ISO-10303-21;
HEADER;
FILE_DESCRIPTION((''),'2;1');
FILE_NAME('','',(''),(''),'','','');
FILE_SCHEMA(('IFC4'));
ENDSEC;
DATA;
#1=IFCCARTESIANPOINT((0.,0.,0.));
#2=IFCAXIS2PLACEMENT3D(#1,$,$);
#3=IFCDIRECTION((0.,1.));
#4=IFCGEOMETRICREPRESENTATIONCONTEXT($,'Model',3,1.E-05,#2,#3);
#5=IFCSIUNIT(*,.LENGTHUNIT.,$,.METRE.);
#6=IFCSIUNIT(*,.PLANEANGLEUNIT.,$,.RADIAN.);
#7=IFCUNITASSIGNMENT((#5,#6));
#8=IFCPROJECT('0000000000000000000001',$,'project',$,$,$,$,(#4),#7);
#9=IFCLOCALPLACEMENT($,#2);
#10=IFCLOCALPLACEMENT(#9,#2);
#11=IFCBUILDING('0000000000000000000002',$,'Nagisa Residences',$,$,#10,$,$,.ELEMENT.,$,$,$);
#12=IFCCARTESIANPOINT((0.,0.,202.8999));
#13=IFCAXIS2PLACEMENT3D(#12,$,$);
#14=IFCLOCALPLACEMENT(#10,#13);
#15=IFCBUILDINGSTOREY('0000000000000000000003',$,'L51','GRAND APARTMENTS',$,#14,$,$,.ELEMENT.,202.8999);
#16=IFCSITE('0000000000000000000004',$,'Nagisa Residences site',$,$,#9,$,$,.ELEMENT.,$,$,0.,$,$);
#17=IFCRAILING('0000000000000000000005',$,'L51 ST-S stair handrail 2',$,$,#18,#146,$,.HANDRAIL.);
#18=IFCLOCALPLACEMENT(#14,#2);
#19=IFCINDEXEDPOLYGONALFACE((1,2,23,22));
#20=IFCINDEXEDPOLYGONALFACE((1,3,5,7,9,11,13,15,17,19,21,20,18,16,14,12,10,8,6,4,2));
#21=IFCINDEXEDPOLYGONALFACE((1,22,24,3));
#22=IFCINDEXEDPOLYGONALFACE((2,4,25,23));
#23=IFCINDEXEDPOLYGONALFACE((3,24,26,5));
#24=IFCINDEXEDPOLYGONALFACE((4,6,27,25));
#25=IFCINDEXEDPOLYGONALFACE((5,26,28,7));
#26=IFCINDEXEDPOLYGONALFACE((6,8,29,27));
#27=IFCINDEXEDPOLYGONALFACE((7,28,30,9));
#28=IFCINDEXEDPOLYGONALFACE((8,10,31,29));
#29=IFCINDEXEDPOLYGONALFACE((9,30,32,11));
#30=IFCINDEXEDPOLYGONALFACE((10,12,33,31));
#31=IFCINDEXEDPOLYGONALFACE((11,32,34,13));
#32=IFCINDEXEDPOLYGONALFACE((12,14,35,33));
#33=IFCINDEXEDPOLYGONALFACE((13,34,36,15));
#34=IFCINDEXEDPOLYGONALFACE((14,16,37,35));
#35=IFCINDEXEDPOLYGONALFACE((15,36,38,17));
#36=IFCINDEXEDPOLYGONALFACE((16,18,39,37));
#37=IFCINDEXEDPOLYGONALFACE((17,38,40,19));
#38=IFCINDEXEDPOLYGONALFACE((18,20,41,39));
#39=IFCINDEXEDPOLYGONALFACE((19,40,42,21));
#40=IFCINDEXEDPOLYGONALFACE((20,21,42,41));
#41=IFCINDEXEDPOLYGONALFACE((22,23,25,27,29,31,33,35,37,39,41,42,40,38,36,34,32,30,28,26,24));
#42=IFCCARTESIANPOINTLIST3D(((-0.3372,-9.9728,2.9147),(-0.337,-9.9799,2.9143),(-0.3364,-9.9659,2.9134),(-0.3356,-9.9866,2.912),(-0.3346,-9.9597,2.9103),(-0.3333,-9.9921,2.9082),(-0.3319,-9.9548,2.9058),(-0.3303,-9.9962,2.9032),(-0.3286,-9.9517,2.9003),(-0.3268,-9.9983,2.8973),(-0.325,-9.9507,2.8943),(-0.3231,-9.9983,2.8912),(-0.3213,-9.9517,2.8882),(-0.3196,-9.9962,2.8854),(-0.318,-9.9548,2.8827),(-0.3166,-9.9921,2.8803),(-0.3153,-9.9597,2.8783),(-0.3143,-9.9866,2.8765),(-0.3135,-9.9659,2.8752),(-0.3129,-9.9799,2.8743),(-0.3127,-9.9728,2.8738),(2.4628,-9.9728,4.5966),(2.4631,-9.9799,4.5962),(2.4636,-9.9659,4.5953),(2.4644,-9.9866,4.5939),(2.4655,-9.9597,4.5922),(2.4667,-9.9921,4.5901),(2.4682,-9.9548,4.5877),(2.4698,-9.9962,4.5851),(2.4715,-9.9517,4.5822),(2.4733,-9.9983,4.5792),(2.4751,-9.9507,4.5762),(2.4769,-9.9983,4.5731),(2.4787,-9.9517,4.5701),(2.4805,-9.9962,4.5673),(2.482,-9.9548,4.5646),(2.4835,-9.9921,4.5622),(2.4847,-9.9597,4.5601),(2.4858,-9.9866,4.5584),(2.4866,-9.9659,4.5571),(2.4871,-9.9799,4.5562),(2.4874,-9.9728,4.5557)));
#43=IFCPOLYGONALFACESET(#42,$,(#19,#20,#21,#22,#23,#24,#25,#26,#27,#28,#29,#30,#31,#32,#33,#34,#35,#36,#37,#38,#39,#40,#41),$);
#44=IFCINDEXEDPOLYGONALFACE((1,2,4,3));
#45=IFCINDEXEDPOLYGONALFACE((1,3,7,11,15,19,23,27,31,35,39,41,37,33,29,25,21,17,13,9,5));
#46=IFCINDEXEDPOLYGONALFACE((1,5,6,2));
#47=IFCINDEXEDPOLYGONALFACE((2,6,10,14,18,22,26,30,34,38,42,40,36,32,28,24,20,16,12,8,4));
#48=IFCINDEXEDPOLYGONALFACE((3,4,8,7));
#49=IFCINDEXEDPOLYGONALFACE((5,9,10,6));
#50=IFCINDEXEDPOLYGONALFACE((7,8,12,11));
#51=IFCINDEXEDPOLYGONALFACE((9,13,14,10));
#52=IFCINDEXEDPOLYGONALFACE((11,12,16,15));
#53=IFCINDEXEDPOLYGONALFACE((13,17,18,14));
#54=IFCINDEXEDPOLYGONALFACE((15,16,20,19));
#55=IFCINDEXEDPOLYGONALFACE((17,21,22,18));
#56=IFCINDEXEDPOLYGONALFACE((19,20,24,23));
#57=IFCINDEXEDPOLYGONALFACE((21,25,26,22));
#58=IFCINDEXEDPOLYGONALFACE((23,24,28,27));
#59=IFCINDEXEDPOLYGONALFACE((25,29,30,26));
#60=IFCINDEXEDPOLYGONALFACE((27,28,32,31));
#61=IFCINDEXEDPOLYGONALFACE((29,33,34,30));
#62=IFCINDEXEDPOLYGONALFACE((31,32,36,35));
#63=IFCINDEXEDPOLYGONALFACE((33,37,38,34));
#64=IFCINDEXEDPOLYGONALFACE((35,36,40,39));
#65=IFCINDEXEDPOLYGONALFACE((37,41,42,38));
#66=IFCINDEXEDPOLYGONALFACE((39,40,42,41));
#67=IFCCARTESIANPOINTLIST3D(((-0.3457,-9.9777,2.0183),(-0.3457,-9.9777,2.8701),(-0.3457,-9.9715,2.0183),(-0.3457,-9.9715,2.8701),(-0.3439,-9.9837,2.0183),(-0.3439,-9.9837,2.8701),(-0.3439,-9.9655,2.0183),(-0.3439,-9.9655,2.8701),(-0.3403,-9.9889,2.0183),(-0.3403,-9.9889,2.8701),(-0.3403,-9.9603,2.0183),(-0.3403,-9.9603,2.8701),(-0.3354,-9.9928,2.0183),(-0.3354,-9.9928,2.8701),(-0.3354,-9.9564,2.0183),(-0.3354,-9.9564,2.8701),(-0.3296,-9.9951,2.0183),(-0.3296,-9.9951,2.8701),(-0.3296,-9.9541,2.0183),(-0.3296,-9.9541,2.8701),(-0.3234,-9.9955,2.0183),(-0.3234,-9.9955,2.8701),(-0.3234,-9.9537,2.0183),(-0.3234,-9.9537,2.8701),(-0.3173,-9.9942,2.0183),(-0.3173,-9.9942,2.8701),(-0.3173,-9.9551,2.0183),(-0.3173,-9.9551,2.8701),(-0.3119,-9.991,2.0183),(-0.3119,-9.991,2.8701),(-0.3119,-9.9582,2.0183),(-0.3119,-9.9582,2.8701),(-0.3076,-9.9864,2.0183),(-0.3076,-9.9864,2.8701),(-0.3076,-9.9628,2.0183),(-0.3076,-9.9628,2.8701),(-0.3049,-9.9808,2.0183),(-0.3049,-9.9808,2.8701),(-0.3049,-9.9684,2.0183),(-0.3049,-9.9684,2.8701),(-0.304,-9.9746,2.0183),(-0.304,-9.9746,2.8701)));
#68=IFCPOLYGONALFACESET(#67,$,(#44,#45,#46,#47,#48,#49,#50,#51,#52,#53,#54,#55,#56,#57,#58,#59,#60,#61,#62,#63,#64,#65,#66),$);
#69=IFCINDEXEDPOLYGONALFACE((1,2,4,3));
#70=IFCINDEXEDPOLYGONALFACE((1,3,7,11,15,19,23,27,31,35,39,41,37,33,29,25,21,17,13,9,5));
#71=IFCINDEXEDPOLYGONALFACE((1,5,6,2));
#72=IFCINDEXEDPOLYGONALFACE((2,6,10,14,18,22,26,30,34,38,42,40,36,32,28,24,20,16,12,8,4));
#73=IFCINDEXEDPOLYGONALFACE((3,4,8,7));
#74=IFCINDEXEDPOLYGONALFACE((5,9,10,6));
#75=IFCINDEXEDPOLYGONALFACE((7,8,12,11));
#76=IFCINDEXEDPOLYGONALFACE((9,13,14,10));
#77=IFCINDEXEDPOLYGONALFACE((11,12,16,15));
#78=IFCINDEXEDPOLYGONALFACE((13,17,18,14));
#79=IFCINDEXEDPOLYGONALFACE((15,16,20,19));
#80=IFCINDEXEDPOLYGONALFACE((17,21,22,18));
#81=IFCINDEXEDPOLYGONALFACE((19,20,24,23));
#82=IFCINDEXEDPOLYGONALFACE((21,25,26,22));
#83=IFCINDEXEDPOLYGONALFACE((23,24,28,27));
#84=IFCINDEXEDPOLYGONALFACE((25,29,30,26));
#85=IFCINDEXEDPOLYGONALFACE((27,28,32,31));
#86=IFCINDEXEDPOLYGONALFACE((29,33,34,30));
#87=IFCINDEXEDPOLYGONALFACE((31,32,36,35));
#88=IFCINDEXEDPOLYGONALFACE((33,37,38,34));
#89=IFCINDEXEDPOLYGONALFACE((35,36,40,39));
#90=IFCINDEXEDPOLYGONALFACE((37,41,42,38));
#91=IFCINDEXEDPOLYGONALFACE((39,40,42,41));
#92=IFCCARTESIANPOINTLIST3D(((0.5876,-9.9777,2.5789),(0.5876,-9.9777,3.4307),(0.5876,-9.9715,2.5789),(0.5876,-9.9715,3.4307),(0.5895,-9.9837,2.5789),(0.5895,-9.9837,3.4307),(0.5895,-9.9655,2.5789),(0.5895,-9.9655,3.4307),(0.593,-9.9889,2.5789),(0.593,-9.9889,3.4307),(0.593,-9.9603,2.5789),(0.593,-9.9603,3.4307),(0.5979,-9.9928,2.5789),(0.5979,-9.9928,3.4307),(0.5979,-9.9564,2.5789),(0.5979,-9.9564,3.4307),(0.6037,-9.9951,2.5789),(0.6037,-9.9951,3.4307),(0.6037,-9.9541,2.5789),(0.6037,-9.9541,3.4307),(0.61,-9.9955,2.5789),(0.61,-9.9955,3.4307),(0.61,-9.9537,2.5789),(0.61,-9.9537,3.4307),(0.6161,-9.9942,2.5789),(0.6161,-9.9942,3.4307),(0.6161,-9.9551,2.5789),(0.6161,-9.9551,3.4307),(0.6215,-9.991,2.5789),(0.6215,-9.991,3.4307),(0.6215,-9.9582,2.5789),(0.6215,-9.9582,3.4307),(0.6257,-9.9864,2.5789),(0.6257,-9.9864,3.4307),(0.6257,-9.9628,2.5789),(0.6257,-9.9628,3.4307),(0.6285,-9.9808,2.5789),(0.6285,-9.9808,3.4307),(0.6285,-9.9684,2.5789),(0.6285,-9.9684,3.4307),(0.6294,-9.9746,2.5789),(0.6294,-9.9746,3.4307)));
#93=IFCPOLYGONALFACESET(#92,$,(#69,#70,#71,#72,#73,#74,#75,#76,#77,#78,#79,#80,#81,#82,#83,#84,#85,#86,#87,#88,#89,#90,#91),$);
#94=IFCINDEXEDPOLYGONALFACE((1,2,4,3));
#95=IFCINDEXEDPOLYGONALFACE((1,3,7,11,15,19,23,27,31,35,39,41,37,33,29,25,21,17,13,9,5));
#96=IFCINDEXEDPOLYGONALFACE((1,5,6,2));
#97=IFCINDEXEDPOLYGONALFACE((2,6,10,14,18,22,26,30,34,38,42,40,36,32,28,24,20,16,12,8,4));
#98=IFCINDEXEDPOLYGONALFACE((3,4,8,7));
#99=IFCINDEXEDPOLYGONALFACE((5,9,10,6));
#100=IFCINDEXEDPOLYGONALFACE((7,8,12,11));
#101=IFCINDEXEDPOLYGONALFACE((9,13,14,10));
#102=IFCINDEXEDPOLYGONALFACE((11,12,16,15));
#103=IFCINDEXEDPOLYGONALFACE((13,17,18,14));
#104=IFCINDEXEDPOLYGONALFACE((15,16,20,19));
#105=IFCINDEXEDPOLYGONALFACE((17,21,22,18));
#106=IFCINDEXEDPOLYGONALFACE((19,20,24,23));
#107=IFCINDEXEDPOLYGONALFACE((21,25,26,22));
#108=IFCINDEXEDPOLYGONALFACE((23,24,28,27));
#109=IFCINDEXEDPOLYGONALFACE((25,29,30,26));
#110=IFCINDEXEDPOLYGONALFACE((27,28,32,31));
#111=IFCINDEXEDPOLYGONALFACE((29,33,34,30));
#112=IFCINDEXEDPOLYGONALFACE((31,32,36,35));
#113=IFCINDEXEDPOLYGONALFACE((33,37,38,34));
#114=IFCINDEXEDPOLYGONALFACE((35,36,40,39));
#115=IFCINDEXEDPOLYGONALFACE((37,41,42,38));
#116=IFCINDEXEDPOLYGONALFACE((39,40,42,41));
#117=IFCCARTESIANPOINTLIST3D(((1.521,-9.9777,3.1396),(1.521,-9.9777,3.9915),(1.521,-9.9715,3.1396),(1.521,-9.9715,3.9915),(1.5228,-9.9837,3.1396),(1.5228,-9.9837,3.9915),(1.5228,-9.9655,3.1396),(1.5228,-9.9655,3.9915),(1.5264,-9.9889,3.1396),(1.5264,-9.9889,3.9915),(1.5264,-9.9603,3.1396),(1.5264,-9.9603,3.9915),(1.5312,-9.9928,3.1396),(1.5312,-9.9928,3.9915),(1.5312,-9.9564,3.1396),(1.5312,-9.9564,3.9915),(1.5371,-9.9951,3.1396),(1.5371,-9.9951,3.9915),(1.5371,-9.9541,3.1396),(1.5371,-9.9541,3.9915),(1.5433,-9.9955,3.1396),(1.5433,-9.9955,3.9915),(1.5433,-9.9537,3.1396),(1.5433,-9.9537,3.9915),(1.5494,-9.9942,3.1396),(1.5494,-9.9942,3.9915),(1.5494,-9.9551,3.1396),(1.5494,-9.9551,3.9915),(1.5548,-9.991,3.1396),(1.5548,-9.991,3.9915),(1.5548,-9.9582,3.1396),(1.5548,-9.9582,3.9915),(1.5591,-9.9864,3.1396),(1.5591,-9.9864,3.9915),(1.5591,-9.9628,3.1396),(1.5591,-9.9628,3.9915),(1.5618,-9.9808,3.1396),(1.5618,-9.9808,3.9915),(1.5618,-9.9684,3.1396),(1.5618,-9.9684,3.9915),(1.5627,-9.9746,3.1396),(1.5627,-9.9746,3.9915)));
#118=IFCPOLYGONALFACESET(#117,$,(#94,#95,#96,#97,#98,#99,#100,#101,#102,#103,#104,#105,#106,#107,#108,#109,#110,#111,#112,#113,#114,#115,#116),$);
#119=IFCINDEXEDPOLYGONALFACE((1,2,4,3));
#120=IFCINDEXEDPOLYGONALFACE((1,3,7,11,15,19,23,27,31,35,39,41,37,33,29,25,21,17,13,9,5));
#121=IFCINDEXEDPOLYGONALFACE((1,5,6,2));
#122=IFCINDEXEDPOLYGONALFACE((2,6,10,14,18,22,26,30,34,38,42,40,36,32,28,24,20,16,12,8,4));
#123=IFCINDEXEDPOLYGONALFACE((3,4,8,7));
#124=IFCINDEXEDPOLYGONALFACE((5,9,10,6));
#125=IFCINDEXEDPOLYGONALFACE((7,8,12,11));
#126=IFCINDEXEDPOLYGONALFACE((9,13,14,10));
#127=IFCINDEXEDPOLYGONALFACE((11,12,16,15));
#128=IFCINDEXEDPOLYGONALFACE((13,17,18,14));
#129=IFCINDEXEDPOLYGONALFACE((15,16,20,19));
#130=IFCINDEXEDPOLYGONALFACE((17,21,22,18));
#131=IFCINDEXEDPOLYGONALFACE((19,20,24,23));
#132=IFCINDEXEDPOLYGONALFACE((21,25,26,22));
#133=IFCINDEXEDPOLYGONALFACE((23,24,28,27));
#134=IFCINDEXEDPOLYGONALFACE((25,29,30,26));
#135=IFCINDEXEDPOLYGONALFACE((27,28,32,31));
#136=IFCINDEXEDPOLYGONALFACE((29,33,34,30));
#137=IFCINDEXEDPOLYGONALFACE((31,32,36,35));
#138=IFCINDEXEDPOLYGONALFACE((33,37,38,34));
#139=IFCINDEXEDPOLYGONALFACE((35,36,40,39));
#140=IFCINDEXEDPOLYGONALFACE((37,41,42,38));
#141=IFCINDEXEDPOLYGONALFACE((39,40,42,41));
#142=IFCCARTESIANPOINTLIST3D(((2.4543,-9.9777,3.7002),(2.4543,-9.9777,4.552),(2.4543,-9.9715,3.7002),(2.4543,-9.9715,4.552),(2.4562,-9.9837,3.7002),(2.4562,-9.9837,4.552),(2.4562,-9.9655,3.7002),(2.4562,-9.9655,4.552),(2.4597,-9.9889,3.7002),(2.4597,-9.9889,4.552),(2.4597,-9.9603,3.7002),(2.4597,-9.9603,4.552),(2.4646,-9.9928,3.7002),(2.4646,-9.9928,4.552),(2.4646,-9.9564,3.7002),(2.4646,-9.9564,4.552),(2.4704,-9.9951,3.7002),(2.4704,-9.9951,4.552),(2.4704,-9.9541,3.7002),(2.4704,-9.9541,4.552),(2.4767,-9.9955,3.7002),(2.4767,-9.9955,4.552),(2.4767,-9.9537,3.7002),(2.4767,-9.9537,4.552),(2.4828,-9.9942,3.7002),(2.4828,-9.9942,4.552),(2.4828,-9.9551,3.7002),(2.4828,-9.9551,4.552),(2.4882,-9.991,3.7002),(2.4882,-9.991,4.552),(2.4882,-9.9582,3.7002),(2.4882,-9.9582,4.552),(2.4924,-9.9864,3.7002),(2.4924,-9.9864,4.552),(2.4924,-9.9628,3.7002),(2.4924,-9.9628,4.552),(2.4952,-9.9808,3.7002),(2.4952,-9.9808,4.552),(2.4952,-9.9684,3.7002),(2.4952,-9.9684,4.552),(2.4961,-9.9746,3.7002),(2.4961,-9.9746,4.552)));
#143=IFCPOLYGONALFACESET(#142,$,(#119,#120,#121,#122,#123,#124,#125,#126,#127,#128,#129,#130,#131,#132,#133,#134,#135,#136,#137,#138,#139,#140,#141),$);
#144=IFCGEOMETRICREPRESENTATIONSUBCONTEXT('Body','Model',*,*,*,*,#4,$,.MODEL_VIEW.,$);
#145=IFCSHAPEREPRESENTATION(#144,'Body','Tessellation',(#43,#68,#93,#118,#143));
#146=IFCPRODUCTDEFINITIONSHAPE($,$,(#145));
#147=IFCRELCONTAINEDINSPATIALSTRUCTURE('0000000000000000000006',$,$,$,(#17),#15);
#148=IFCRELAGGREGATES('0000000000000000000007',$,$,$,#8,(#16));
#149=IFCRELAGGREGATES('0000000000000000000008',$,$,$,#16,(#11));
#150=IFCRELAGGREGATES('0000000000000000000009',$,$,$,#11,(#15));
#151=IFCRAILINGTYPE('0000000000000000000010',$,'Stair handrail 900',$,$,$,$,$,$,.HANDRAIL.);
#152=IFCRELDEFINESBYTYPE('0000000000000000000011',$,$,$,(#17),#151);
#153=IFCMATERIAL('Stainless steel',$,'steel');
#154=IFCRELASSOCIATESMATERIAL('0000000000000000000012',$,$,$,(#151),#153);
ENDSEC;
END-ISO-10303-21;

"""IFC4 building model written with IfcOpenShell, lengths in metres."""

from ifc_helpers import new_model, si_unit, direction, frame, origin, origin_2d, place, context, subcontext, project, spatial, circle, extrude, material, type_object, element, save


model = new_model("IFC4")

# Units and contexts
model_context = context("Model", 3, precision=1e-05, world=origin(), true_north=direction((0.0, 1.0)))
body_context = subcontext(model_context, "Body", "Model", "MODEL_VIEW")
ifc_project = project(units=[si_unit("LENGTHUNIT", "METRE"), si_unit("PLANEANGLEUNIT", "RADIAN")], contexts=[model_context])

# Site, building, storey
site_placement = place(None, origin())
site = spatial("IfcSite", under=ifc_project, at=site_placement, Name="Nagisa Residences site", CompositionType="ELEMENT", RefElevation=0.0)
building_placement = place(site_placement, origin())
building = spatial("IfcBuilding", under=site, at=building_placement, Name="Nagisa Residences", CompositionType="ELEMENT")
storey_placement = place(building_placement, frame((0.0, 0.0, 202.8999)))
storey = spatial("IfcBuildingStorey", under=building, at=storey_placement, Name="L51", Description="GRAND APARTMENTS", CompositionType="ELEMENT", Elevation=202.8999)

# Railing
ifc_material_1 = material(Name="Stainless steel", Category="steel")
railing_type = type_object("IfcRailingType", Name="Stair handrail 900", PredefinedType="HANDRAIL", material=ifc_material_1)
railing_placement = place(storey_placement, frame((-0.325, -9.9746, 2.0183)))
element("IfcRailing", 1, at=railing_placement, inside=storey, type_object=railing_type, Name="L51 ST-S stair handrail 2", PredefinedType="HANDRAIL", context=body_context, shape_type="SweptSolid", body=[
    extrude(circle(Radius=0.0239, at=origin_2d()), frame((0.0, 0.0, 0.876), z_axis=(0.857242, 0.0, 0.514913), x_axis=(0.0, 1.0, 0.0)), (0.0, 0.0, 1.0), 3.2664),
    extrude(circle(Radius=0.021, at=origin_2d()), origin(), (0.0, 0.0, 1.0), 0.8518),
    extrude(circle(Radius=0.021, at=origin_2d()), frame((0.9333, 0.0, 0.5605)), (0.0, 0.0, 1.0), 0.8518),
    extrude(circle(Radius=0.021, at=origin_2d()), frame((1.8667, 0.0, 1.1213)), (0.0, 0.0, 1.0), 0.8518),
    extrude(circle(Radius=0.021, at=origin_2d()), frame((2.8, 0.0, 1.6819)), (0.0, 0.0, 1.0), 0.8518),
])

save(model, "model.ifc")
